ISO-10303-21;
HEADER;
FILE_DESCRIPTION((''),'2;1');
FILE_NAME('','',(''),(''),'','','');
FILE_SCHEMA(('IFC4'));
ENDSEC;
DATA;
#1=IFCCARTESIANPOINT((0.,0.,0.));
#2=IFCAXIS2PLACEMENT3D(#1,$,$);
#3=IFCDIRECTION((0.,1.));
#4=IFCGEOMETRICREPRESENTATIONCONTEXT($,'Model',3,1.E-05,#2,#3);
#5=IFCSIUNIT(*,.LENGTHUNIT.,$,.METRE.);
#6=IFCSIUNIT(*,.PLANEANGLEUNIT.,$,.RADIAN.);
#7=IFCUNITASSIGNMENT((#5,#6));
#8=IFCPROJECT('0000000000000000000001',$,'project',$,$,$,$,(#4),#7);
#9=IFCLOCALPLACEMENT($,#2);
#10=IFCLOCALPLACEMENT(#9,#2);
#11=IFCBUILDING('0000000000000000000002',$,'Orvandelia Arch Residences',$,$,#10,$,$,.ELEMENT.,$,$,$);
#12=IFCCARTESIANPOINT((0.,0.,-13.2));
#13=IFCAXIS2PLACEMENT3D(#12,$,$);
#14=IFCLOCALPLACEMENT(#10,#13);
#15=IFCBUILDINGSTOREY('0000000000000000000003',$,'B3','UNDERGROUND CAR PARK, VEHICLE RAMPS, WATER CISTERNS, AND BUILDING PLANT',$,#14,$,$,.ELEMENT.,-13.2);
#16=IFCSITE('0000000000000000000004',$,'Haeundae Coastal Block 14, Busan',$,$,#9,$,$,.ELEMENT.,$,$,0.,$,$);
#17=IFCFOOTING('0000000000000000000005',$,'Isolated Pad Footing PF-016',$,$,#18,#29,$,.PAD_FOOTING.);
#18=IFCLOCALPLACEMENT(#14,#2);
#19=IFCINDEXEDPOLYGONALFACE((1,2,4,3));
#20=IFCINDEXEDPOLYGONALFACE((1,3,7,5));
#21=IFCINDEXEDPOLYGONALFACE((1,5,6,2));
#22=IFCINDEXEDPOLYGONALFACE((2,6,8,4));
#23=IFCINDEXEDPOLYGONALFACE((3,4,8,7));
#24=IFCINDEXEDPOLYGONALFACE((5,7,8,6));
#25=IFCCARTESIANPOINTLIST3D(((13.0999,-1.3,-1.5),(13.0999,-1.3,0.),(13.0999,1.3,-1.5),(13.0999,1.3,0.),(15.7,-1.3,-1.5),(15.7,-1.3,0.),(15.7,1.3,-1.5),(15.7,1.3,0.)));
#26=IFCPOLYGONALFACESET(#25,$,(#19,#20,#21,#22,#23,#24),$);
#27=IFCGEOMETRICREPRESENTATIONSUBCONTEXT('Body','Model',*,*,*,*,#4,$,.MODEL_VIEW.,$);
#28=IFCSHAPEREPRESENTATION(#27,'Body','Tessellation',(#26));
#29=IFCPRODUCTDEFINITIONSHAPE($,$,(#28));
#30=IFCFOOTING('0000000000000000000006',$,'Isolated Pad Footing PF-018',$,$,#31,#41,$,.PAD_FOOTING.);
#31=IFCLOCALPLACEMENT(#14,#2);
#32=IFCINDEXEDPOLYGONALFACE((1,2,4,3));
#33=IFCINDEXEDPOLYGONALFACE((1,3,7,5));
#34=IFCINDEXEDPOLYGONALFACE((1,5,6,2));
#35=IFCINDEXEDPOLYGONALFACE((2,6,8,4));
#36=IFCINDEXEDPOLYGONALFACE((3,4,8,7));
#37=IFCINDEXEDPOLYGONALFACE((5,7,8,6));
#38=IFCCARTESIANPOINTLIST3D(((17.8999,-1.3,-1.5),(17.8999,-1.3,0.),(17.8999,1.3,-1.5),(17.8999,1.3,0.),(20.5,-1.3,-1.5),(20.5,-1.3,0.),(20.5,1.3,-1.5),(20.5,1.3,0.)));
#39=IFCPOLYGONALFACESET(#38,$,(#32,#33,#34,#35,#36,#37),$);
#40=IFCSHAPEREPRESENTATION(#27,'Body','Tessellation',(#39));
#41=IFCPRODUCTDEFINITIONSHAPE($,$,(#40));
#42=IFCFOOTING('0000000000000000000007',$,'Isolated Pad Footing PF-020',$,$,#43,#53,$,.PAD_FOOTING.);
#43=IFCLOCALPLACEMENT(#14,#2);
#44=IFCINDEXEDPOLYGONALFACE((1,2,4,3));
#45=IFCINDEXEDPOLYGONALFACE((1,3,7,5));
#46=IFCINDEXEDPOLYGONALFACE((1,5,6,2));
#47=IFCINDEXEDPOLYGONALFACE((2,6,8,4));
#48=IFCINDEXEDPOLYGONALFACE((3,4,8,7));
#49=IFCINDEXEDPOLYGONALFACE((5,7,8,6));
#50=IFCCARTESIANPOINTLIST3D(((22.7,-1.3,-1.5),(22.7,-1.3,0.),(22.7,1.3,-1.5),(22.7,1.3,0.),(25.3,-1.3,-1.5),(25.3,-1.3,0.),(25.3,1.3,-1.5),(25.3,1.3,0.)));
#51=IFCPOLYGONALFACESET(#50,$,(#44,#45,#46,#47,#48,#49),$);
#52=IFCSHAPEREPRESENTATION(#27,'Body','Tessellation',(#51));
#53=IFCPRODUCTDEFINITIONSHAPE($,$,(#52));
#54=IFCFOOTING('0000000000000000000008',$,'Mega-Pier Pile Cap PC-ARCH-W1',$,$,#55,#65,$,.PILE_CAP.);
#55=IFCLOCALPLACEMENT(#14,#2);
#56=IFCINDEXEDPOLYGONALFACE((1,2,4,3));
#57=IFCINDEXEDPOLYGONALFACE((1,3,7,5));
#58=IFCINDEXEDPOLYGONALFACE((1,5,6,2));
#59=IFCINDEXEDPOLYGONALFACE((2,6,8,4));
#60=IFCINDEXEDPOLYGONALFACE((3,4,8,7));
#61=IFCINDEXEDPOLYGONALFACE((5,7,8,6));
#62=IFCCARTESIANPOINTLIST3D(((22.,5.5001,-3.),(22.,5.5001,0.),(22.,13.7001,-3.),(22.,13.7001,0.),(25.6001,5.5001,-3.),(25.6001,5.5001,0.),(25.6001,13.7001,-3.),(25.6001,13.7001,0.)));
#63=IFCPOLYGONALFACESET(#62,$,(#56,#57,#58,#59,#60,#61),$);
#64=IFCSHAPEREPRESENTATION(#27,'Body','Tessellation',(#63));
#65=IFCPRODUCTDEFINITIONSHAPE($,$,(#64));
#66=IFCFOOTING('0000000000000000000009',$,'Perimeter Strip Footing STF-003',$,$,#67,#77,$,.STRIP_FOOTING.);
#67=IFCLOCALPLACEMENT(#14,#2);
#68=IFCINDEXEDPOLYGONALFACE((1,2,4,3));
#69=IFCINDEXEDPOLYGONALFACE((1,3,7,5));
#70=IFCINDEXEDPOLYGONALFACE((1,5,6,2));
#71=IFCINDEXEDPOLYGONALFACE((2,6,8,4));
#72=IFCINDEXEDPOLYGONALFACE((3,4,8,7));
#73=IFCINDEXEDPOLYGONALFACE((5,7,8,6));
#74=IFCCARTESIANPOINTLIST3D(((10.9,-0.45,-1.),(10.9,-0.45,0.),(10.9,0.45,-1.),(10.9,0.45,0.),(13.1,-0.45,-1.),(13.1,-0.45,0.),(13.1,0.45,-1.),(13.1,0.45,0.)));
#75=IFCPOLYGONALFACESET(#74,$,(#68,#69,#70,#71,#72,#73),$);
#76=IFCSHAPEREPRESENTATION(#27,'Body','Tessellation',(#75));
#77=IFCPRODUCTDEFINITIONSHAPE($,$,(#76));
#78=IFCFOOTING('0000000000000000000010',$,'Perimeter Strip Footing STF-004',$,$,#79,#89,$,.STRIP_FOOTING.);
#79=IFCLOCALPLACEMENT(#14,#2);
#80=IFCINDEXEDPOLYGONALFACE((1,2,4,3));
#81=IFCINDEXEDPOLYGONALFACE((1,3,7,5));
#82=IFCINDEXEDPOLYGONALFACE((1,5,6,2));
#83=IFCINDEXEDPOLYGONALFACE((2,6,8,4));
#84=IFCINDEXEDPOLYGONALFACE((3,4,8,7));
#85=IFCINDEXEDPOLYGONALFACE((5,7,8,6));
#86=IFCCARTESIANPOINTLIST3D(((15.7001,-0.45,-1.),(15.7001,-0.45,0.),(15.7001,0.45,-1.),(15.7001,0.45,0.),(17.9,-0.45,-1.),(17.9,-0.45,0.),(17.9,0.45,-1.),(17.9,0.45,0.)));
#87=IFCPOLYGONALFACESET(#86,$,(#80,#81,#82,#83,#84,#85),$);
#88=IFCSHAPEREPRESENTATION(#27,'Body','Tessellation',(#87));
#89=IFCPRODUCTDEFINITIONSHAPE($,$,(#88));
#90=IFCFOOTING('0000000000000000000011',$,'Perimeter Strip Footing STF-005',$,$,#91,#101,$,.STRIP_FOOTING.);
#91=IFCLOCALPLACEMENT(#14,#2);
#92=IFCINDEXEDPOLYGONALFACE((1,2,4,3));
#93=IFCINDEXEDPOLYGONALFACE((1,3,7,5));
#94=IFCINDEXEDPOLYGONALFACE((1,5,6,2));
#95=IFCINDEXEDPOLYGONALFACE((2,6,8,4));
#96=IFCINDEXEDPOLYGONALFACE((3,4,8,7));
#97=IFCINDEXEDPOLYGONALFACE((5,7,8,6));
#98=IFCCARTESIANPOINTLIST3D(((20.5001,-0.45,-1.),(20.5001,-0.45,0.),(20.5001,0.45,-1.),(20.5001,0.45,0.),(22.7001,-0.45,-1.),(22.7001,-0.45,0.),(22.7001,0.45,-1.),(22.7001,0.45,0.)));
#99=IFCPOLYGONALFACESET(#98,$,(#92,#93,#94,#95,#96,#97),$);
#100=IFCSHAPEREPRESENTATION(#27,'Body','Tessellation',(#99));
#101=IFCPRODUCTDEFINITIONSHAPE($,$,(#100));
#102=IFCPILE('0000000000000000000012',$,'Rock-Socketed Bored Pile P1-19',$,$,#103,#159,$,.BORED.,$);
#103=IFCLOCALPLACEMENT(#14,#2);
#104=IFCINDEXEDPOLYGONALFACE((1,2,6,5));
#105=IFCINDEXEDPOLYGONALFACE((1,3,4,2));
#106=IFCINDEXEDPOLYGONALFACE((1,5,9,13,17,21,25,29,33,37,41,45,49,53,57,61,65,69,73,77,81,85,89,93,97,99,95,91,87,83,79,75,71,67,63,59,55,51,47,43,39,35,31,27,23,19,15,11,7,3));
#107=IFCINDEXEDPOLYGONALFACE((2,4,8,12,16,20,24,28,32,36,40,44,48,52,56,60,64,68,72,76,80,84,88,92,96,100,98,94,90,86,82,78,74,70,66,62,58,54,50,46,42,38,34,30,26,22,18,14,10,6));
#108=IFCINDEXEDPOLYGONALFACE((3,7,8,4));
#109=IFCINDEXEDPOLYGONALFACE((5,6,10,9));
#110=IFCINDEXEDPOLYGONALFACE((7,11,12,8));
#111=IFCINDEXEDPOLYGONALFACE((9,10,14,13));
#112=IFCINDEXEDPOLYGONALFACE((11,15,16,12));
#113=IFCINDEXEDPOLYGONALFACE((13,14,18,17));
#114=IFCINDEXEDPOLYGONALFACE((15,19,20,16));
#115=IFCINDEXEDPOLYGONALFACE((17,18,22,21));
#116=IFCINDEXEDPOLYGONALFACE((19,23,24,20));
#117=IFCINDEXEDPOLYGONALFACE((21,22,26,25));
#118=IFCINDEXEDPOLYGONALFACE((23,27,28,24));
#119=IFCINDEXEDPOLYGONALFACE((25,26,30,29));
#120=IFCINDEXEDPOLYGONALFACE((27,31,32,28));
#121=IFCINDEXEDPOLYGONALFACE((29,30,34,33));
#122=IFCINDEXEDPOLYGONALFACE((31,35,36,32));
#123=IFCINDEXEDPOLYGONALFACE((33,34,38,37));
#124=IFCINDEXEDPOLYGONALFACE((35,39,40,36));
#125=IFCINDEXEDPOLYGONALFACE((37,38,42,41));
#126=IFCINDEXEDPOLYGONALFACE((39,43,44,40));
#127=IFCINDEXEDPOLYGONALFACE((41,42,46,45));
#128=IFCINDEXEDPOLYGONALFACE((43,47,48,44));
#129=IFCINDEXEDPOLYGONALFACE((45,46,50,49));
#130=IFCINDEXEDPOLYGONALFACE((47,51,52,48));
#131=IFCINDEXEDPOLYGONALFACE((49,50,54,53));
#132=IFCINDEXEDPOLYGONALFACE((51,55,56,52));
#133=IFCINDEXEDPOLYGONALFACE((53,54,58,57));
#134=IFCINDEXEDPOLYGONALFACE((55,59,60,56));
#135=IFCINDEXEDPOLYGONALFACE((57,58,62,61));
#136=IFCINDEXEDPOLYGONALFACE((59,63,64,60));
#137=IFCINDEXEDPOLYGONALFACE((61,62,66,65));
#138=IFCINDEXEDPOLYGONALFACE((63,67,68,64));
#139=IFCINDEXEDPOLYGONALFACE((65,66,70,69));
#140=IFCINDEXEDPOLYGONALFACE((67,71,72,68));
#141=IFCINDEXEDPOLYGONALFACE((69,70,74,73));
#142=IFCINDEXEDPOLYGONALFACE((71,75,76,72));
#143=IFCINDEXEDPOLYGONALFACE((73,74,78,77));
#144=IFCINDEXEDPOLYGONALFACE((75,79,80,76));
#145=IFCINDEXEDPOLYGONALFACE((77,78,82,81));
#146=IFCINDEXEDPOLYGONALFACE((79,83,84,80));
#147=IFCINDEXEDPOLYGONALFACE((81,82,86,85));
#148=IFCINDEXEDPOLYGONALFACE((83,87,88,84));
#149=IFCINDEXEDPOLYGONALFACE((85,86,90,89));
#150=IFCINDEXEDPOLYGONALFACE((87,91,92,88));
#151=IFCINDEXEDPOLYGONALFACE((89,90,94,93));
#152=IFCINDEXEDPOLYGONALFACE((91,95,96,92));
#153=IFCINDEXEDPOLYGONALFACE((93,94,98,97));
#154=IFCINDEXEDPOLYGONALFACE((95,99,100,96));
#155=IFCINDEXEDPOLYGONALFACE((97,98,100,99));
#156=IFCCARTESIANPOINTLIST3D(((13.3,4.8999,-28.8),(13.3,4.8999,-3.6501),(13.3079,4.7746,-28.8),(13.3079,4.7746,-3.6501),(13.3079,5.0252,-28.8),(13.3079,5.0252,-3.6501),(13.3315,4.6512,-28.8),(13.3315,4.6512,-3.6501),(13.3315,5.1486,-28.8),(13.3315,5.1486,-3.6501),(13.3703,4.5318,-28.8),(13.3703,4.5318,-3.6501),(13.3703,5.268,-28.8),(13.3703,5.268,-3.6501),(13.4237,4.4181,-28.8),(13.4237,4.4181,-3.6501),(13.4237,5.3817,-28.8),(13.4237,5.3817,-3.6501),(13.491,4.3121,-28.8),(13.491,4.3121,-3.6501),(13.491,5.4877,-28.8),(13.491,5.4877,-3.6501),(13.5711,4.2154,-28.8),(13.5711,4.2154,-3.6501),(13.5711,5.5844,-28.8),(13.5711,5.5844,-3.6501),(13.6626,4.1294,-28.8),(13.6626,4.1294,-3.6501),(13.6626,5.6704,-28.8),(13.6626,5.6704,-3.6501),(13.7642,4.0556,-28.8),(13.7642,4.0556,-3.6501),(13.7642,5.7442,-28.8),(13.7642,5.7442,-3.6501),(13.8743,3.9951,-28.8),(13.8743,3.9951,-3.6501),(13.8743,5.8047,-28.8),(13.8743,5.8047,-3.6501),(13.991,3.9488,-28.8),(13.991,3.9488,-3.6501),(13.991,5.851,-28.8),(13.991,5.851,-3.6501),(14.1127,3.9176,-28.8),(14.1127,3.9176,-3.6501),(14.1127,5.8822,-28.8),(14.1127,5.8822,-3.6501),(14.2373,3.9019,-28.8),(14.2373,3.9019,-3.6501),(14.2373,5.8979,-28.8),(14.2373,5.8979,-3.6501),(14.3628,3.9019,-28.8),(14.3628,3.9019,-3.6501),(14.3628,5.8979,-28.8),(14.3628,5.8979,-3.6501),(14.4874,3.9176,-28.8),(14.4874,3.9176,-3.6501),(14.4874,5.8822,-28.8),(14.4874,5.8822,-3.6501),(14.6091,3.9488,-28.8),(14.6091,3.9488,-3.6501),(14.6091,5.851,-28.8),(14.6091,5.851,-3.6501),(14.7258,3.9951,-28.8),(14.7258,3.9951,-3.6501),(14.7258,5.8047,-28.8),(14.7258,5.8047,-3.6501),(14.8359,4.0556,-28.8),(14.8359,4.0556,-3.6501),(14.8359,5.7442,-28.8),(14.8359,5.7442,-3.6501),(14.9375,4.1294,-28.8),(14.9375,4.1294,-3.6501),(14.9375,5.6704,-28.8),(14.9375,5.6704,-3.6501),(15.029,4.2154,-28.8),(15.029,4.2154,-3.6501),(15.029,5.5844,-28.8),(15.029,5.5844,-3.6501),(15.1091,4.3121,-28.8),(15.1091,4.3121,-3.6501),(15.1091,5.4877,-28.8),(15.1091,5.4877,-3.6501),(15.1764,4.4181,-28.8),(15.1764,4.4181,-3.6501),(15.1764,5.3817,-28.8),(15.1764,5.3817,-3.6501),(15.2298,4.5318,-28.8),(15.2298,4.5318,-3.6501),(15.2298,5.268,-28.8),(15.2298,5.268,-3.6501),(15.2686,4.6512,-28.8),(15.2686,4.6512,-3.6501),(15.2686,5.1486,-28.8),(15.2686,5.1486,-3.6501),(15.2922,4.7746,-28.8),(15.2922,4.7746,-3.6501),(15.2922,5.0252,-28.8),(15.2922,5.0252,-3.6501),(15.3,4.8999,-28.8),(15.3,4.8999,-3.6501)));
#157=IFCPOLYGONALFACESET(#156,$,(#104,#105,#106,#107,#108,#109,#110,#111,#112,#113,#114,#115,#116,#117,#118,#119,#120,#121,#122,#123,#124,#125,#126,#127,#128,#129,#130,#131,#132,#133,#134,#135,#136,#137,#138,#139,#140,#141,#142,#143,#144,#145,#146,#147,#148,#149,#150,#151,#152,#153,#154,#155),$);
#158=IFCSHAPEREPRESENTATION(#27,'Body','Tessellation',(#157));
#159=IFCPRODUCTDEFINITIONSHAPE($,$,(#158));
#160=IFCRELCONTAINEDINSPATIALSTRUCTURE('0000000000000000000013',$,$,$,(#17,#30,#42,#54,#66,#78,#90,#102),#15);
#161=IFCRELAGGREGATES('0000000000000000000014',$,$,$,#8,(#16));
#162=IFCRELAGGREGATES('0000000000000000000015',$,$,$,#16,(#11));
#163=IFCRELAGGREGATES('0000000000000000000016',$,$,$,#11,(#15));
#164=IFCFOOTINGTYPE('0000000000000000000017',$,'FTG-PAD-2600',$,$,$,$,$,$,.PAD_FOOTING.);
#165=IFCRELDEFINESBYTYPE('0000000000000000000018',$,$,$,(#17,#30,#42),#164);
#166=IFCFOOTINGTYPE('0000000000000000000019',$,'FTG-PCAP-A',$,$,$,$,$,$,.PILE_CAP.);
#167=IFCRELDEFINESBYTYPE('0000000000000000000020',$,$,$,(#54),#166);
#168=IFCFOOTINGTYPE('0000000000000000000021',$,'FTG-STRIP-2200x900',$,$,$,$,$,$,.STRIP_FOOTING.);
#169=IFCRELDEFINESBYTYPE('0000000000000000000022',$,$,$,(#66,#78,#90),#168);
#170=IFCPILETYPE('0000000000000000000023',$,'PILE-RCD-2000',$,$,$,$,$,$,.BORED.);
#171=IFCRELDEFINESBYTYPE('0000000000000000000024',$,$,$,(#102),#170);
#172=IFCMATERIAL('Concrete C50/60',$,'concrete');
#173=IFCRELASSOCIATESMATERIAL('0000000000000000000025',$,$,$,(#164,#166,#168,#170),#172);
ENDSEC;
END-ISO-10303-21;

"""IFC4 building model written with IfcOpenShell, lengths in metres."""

from ifc_helpers import new_model, si_unit, direction, frame, origin, origin_2d, place, context, subcontext, project, spatial, rectangle, circle, extrude, material, material_profile, profile_set, type_object, element, save


model = new_model("IFC4")

# Units and contexts
model_context = context("Model", 3, precision=1e-05, world=origin(), true_north=direction((0.0, 1.0)))
body_context = subcontext(model_context, "Body", "Model", "MODEL_VIEW")
ifc_project = project(units=[si_unit("LENGTHUNIT", "METRE"), si_unit("PLANEANGLEUNIT", "RADIAN")], contexts=[model_context])

# Site, building, storey
site_placement = place(None, origin())
site = spatial("IfcSite", under=ifc_project, at=site_placement, Name="Haeundae Coastal Block 14, Busan", CompositionType="ELEMENT", RefElevation=0.0)
building_placement = place(site_placement, origin())
building = spatial("IfcBuilding", under=site, at=building_placement, Name="Orvandelia Arch Residences", CompositionType="ELEMENT")
storey_placement = place(building_placement, frame((0.0, 0.0, -13.2)))
storey = spatial("IfcBuildingStorey", under=building, at=storey_placement, Name="B3", Description="UNDERGROUND CAR PARK, VEHICLE RAMPS, WATER CISTERNS, AND BUILDING PLANT", CompositionType="ELEMENT", Elevation=-13.2)

# Footings
ifc_material_1 = material(Name="Concrete C50/60", Category="concrete")
footing_type_1 = type_object("IfcFootingType", Name="FTG-PAD-2600", PredefinedType="PAD_FOOTING", material=ifc_material_1)
for number, where, z_axis, x_axis, name in (
    (1, (14.3999, 0.0, -1.5), (0.0, 0.0, 1.0), (1.0, 0.0, 0.0), "Isolated Pad Footing PF-016"),
    (2, (19.2, 0.0, -1.5), (0.0, 0.0, 1.0), (1.0, 0.0, 0.0), "Isolated Pad Footing PF-018"),
    (3, (24.0, 0.0, -1.5), (0.0, 0.0, 1.0), (1.0, 0.0, 0.0), "Isolated Pad Footing PF-020"),
):
    element("IfcFooting", number, at=place(storey_placement, frame(where, z_axis=z_axis, x_axis=x_axis)), inside=storey, type_object=footing_type_1, Name=name, PredefinedType="PAD_FOOTING", context=body_context, shape_type="SweptSolid", body=[
        extrude(rectangle(XDim=2.6001, YDim=2.6001, at=origin_2d()), origin(), (0.0, 0.0, 1.0), 1.5),
    ])
footing_type_2 = type_object("IfcFootingType", Name="FTG-PCAP-A", PredefinedType="PILE_CAP", material=ifc_material_1)
footing_placement = place(storey_placement, frame((23.8, 9.6001, -3.0), z_axis=(0.0, 0.0, 1.0), x_axis=(1.0, 0.0, 0.0)))
element("IfcFooting", 4, at=footing_placement, inside=storey, type_object=footing_type_2, Name="Mega-Pier Pile Cap PC-ARCH-W1", PredefinedType="PILE_CAP", context=body_context, shape_type="SweptSolid", body=[
    extrude(rectangle(XDim=3.6001, YDim=8.2, at=origin_2d()), origin(), (0.0, 0.0, 1.0), 3.0),
])
footing_type_3 = type_object("IfcFootingType", Name="FTG-STRIP-2200x900", PredefinedType="STRIP_FOOTING", material=ifc_material_1)
for number, where, z_axis, x_axis, name in (
    (5, (12.0, 0.0, -1.0), (0.0, 0.0, 1.0), (1.0, 0.0, 0.0), "Perimeter Strip Footing STF-003"),
    (6, (16.8, 0.0, -1.0), (0.0, 0.0, 1.0), (1.0, 0.0, 0.0), "Perimeter Strip Footing STF-004"),
    (7, (21.6001, 0.0, -1.0), (0.0, 0.0, 1.0), (1.0, 0.0, 0.0), "Perimeter Strip Footing STF-005"),
):
    element("IfcFooting", number, at=place(storey_placement, frame(where, z_axis=z_axis, x_axis=x_axis)), inside=storey, type_object=footing_type_3, Name=name, PredefinedType="STRIP_FOOTING", context=body_context, shape_type="SweptSolid", body=[
        extrude(rectangle(XDim=2.2, YDim=0.8999, at=origin_2d()), origin(), (0.0, 0.0, 1.0), 1.0),
    ])

# Pile
ifc_material_profile_1 = material_profile(ifc_material_1, circle(Radius=1.0, at=origin_2d()), Name="Concrete C50/60", Category="concrete")
ifc_profile_set_1 = profile_set([ifc_material_profile_1], Name="Concrete C50/60")
pile_type_1 = type_object("IfcPileType", Name="PILE-RCD-2000", PredefinedType="BORED", material=ifc_profile_set_1)
for number, where, z_axis, x_axis, name in (
    (8, (14.3, 4.8999, -3.6501), (0.0, 0.0, -1.0), (1.0, 0.0, 0.0), "Rock-Socketed Bored Pile P1-19"),
):
    element("IfcPile", number, at=place(storey_placement, frame(where, z_axis=z_axis, x_axis=x_axis)), inside=storey, type_object=pile_type_1, Name=name, PredefinedType="BORED", context=body_context, shape_type="SweptSolid", body=[
        extrude(circle(Radius=1.0, at=origin_2d()), origin(), (0.0, 0.0, 1.0), 25.1499),
    ])

save(model, "model.ifc")
